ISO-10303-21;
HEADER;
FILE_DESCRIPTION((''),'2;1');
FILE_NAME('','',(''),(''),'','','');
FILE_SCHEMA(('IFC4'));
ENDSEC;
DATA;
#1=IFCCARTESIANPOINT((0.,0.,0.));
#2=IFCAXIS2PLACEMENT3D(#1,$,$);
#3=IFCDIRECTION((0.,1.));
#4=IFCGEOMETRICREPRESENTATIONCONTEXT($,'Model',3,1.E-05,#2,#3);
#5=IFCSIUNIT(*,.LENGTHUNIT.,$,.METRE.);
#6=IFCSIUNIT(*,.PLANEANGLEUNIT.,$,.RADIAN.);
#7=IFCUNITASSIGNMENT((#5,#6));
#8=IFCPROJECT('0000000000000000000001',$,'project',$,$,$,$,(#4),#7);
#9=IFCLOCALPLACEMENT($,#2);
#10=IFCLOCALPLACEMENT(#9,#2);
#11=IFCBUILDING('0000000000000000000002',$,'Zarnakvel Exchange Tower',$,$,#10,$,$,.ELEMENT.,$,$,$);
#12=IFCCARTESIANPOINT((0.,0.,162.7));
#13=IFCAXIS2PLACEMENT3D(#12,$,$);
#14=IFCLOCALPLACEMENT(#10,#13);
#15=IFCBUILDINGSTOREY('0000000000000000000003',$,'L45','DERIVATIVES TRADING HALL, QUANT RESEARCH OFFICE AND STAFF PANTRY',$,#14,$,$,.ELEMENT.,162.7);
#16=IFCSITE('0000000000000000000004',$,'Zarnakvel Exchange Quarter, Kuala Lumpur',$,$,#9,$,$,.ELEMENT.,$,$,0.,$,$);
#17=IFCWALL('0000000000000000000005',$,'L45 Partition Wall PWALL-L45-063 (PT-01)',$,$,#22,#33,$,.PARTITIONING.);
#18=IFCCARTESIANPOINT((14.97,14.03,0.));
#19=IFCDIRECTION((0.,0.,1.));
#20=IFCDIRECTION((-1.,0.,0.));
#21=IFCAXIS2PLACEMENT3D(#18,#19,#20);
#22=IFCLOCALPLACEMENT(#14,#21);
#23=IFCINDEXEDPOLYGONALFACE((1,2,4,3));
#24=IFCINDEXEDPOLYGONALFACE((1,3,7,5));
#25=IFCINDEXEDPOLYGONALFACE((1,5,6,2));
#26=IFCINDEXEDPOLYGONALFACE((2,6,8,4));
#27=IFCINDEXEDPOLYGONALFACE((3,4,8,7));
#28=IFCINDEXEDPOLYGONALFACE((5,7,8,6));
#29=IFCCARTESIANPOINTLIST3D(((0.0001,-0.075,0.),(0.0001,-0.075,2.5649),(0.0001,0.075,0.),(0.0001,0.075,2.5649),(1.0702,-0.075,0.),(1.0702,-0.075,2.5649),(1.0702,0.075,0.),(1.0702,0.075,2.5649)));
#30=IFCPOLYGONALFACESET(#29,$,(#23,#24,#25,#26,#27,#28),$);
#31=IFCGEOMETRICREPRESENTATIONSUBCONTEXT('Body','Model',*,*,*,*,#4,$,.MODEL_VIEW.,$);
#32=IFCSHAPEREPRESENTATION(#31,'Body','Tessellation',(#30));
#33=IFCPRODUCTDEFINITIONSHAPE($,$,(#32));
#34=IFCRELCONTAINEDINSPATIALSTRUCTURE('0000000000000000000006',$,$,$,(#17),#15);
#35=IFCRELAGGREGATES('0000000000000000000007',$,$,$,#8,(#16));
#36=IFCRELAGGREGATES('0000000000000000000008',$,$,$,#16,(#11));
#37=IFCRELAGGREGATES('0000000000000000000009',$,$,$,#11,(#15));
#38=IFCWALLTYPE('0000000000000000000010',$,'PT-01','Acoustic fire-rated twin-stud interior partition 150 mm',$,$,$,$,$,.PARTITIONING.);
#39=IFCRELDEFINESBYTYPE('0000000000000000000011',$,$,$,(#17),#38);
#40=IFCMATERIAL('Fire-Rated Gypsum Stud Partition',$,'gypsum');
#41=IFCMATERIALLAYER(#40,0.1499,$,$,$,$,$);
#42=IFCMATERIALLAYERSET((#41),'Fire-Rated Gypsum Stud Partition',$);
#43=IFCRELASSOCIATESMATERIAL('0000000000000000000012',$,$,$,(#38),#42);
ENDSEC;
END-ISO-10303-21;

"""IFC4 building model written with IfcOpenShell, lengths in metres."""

from ifc_helpers import new_model, si_unit, direction, frame, frame_2d, origin, place, context, subcontext, project, spatial, rectangle, extrude, material, layer, layer_set, type_object, element, save


model = new_model("IFC4")

# Units and contexts
model_context = context("Model", 3, precision=1e-05, world=origin(), true_north=direction((0.0, 1.0)))
body_context = subcontext(model_context, "Body", "Model", "MODEL_VIEW")
ifc_project = project(units=[si_unit("LENGTHUNIT", "METRE"), si_unit("PLANEANGLEUNIT", "RADIAN")], contexts=[model_context])

# Site, building, storey
site_placement = place(None, origin())
site = spatial("IfcSite", under=ifc_project, at=site_placement, Name="Zarnakvel Exchange Quarter, Kuala Lumpur", CompositionType="ELEMENT", RefElevation=0.0)
building_placement = place(site_placement, origin())
building = spatial("IfcBuilding", under=site, at=building_placement, Name="Zarnakvel Exchange Tower", CompositionType="ELEMENT")
storey_placement = place(building_placement, frame((0.0, 0.0, 162.7)))
storey = spatial("IfcBuildingStorey", under=building, at=storey_placement, Name="L45", Description="DERIVATIVES TRADING HALL, QUANT RESEARCH OFFICE AND STAFF PANTRY", CompositionType="ELEMENT", Elevation=162.7)

# Wall
ifc_material_1 = material(Name="Fire-Rated Gypsum Stud Partition", Category="gypsum")
ifc_layer_1 = layer(ifc_material_1, 0.1499)
ifc_layer_set_1 = layer_set([ifc_layer_1], Name="Fire-Rated Gypsum Stud Partition")
wall_type_1 = type_object("IfcWallType", Name="PT-01", Description="Acoustic fire-rated twin-stud interior partition 150 mm", PredefinedType="PARTITIONING", material=ifc_layer_set_1)
wall_1_placement = place(storey_placement, frame((14.97, 14.03, 0.0), z_axis=(0.0, 0.0, 1.0), x_axis=(-1.0, 0.0, 0.0)))
element("IfcWall", 1, at=wall_1_placement, inside=storey, type_object=wall_type_1, Name="L45 Partition Wall PWALL-L45-063 (PT-01)", PredefinedType="PARTITIONING", context=body_context, shape_type="SweptSolid", body=[
    extrude(rectangle(XDim=1.0701, YDim=0.1499, at=frame_2d((0.5352, 0.0))), origin(), (0.0, 0.0, 1.0), 2.5649),
])

save(model, "model.ifc")
